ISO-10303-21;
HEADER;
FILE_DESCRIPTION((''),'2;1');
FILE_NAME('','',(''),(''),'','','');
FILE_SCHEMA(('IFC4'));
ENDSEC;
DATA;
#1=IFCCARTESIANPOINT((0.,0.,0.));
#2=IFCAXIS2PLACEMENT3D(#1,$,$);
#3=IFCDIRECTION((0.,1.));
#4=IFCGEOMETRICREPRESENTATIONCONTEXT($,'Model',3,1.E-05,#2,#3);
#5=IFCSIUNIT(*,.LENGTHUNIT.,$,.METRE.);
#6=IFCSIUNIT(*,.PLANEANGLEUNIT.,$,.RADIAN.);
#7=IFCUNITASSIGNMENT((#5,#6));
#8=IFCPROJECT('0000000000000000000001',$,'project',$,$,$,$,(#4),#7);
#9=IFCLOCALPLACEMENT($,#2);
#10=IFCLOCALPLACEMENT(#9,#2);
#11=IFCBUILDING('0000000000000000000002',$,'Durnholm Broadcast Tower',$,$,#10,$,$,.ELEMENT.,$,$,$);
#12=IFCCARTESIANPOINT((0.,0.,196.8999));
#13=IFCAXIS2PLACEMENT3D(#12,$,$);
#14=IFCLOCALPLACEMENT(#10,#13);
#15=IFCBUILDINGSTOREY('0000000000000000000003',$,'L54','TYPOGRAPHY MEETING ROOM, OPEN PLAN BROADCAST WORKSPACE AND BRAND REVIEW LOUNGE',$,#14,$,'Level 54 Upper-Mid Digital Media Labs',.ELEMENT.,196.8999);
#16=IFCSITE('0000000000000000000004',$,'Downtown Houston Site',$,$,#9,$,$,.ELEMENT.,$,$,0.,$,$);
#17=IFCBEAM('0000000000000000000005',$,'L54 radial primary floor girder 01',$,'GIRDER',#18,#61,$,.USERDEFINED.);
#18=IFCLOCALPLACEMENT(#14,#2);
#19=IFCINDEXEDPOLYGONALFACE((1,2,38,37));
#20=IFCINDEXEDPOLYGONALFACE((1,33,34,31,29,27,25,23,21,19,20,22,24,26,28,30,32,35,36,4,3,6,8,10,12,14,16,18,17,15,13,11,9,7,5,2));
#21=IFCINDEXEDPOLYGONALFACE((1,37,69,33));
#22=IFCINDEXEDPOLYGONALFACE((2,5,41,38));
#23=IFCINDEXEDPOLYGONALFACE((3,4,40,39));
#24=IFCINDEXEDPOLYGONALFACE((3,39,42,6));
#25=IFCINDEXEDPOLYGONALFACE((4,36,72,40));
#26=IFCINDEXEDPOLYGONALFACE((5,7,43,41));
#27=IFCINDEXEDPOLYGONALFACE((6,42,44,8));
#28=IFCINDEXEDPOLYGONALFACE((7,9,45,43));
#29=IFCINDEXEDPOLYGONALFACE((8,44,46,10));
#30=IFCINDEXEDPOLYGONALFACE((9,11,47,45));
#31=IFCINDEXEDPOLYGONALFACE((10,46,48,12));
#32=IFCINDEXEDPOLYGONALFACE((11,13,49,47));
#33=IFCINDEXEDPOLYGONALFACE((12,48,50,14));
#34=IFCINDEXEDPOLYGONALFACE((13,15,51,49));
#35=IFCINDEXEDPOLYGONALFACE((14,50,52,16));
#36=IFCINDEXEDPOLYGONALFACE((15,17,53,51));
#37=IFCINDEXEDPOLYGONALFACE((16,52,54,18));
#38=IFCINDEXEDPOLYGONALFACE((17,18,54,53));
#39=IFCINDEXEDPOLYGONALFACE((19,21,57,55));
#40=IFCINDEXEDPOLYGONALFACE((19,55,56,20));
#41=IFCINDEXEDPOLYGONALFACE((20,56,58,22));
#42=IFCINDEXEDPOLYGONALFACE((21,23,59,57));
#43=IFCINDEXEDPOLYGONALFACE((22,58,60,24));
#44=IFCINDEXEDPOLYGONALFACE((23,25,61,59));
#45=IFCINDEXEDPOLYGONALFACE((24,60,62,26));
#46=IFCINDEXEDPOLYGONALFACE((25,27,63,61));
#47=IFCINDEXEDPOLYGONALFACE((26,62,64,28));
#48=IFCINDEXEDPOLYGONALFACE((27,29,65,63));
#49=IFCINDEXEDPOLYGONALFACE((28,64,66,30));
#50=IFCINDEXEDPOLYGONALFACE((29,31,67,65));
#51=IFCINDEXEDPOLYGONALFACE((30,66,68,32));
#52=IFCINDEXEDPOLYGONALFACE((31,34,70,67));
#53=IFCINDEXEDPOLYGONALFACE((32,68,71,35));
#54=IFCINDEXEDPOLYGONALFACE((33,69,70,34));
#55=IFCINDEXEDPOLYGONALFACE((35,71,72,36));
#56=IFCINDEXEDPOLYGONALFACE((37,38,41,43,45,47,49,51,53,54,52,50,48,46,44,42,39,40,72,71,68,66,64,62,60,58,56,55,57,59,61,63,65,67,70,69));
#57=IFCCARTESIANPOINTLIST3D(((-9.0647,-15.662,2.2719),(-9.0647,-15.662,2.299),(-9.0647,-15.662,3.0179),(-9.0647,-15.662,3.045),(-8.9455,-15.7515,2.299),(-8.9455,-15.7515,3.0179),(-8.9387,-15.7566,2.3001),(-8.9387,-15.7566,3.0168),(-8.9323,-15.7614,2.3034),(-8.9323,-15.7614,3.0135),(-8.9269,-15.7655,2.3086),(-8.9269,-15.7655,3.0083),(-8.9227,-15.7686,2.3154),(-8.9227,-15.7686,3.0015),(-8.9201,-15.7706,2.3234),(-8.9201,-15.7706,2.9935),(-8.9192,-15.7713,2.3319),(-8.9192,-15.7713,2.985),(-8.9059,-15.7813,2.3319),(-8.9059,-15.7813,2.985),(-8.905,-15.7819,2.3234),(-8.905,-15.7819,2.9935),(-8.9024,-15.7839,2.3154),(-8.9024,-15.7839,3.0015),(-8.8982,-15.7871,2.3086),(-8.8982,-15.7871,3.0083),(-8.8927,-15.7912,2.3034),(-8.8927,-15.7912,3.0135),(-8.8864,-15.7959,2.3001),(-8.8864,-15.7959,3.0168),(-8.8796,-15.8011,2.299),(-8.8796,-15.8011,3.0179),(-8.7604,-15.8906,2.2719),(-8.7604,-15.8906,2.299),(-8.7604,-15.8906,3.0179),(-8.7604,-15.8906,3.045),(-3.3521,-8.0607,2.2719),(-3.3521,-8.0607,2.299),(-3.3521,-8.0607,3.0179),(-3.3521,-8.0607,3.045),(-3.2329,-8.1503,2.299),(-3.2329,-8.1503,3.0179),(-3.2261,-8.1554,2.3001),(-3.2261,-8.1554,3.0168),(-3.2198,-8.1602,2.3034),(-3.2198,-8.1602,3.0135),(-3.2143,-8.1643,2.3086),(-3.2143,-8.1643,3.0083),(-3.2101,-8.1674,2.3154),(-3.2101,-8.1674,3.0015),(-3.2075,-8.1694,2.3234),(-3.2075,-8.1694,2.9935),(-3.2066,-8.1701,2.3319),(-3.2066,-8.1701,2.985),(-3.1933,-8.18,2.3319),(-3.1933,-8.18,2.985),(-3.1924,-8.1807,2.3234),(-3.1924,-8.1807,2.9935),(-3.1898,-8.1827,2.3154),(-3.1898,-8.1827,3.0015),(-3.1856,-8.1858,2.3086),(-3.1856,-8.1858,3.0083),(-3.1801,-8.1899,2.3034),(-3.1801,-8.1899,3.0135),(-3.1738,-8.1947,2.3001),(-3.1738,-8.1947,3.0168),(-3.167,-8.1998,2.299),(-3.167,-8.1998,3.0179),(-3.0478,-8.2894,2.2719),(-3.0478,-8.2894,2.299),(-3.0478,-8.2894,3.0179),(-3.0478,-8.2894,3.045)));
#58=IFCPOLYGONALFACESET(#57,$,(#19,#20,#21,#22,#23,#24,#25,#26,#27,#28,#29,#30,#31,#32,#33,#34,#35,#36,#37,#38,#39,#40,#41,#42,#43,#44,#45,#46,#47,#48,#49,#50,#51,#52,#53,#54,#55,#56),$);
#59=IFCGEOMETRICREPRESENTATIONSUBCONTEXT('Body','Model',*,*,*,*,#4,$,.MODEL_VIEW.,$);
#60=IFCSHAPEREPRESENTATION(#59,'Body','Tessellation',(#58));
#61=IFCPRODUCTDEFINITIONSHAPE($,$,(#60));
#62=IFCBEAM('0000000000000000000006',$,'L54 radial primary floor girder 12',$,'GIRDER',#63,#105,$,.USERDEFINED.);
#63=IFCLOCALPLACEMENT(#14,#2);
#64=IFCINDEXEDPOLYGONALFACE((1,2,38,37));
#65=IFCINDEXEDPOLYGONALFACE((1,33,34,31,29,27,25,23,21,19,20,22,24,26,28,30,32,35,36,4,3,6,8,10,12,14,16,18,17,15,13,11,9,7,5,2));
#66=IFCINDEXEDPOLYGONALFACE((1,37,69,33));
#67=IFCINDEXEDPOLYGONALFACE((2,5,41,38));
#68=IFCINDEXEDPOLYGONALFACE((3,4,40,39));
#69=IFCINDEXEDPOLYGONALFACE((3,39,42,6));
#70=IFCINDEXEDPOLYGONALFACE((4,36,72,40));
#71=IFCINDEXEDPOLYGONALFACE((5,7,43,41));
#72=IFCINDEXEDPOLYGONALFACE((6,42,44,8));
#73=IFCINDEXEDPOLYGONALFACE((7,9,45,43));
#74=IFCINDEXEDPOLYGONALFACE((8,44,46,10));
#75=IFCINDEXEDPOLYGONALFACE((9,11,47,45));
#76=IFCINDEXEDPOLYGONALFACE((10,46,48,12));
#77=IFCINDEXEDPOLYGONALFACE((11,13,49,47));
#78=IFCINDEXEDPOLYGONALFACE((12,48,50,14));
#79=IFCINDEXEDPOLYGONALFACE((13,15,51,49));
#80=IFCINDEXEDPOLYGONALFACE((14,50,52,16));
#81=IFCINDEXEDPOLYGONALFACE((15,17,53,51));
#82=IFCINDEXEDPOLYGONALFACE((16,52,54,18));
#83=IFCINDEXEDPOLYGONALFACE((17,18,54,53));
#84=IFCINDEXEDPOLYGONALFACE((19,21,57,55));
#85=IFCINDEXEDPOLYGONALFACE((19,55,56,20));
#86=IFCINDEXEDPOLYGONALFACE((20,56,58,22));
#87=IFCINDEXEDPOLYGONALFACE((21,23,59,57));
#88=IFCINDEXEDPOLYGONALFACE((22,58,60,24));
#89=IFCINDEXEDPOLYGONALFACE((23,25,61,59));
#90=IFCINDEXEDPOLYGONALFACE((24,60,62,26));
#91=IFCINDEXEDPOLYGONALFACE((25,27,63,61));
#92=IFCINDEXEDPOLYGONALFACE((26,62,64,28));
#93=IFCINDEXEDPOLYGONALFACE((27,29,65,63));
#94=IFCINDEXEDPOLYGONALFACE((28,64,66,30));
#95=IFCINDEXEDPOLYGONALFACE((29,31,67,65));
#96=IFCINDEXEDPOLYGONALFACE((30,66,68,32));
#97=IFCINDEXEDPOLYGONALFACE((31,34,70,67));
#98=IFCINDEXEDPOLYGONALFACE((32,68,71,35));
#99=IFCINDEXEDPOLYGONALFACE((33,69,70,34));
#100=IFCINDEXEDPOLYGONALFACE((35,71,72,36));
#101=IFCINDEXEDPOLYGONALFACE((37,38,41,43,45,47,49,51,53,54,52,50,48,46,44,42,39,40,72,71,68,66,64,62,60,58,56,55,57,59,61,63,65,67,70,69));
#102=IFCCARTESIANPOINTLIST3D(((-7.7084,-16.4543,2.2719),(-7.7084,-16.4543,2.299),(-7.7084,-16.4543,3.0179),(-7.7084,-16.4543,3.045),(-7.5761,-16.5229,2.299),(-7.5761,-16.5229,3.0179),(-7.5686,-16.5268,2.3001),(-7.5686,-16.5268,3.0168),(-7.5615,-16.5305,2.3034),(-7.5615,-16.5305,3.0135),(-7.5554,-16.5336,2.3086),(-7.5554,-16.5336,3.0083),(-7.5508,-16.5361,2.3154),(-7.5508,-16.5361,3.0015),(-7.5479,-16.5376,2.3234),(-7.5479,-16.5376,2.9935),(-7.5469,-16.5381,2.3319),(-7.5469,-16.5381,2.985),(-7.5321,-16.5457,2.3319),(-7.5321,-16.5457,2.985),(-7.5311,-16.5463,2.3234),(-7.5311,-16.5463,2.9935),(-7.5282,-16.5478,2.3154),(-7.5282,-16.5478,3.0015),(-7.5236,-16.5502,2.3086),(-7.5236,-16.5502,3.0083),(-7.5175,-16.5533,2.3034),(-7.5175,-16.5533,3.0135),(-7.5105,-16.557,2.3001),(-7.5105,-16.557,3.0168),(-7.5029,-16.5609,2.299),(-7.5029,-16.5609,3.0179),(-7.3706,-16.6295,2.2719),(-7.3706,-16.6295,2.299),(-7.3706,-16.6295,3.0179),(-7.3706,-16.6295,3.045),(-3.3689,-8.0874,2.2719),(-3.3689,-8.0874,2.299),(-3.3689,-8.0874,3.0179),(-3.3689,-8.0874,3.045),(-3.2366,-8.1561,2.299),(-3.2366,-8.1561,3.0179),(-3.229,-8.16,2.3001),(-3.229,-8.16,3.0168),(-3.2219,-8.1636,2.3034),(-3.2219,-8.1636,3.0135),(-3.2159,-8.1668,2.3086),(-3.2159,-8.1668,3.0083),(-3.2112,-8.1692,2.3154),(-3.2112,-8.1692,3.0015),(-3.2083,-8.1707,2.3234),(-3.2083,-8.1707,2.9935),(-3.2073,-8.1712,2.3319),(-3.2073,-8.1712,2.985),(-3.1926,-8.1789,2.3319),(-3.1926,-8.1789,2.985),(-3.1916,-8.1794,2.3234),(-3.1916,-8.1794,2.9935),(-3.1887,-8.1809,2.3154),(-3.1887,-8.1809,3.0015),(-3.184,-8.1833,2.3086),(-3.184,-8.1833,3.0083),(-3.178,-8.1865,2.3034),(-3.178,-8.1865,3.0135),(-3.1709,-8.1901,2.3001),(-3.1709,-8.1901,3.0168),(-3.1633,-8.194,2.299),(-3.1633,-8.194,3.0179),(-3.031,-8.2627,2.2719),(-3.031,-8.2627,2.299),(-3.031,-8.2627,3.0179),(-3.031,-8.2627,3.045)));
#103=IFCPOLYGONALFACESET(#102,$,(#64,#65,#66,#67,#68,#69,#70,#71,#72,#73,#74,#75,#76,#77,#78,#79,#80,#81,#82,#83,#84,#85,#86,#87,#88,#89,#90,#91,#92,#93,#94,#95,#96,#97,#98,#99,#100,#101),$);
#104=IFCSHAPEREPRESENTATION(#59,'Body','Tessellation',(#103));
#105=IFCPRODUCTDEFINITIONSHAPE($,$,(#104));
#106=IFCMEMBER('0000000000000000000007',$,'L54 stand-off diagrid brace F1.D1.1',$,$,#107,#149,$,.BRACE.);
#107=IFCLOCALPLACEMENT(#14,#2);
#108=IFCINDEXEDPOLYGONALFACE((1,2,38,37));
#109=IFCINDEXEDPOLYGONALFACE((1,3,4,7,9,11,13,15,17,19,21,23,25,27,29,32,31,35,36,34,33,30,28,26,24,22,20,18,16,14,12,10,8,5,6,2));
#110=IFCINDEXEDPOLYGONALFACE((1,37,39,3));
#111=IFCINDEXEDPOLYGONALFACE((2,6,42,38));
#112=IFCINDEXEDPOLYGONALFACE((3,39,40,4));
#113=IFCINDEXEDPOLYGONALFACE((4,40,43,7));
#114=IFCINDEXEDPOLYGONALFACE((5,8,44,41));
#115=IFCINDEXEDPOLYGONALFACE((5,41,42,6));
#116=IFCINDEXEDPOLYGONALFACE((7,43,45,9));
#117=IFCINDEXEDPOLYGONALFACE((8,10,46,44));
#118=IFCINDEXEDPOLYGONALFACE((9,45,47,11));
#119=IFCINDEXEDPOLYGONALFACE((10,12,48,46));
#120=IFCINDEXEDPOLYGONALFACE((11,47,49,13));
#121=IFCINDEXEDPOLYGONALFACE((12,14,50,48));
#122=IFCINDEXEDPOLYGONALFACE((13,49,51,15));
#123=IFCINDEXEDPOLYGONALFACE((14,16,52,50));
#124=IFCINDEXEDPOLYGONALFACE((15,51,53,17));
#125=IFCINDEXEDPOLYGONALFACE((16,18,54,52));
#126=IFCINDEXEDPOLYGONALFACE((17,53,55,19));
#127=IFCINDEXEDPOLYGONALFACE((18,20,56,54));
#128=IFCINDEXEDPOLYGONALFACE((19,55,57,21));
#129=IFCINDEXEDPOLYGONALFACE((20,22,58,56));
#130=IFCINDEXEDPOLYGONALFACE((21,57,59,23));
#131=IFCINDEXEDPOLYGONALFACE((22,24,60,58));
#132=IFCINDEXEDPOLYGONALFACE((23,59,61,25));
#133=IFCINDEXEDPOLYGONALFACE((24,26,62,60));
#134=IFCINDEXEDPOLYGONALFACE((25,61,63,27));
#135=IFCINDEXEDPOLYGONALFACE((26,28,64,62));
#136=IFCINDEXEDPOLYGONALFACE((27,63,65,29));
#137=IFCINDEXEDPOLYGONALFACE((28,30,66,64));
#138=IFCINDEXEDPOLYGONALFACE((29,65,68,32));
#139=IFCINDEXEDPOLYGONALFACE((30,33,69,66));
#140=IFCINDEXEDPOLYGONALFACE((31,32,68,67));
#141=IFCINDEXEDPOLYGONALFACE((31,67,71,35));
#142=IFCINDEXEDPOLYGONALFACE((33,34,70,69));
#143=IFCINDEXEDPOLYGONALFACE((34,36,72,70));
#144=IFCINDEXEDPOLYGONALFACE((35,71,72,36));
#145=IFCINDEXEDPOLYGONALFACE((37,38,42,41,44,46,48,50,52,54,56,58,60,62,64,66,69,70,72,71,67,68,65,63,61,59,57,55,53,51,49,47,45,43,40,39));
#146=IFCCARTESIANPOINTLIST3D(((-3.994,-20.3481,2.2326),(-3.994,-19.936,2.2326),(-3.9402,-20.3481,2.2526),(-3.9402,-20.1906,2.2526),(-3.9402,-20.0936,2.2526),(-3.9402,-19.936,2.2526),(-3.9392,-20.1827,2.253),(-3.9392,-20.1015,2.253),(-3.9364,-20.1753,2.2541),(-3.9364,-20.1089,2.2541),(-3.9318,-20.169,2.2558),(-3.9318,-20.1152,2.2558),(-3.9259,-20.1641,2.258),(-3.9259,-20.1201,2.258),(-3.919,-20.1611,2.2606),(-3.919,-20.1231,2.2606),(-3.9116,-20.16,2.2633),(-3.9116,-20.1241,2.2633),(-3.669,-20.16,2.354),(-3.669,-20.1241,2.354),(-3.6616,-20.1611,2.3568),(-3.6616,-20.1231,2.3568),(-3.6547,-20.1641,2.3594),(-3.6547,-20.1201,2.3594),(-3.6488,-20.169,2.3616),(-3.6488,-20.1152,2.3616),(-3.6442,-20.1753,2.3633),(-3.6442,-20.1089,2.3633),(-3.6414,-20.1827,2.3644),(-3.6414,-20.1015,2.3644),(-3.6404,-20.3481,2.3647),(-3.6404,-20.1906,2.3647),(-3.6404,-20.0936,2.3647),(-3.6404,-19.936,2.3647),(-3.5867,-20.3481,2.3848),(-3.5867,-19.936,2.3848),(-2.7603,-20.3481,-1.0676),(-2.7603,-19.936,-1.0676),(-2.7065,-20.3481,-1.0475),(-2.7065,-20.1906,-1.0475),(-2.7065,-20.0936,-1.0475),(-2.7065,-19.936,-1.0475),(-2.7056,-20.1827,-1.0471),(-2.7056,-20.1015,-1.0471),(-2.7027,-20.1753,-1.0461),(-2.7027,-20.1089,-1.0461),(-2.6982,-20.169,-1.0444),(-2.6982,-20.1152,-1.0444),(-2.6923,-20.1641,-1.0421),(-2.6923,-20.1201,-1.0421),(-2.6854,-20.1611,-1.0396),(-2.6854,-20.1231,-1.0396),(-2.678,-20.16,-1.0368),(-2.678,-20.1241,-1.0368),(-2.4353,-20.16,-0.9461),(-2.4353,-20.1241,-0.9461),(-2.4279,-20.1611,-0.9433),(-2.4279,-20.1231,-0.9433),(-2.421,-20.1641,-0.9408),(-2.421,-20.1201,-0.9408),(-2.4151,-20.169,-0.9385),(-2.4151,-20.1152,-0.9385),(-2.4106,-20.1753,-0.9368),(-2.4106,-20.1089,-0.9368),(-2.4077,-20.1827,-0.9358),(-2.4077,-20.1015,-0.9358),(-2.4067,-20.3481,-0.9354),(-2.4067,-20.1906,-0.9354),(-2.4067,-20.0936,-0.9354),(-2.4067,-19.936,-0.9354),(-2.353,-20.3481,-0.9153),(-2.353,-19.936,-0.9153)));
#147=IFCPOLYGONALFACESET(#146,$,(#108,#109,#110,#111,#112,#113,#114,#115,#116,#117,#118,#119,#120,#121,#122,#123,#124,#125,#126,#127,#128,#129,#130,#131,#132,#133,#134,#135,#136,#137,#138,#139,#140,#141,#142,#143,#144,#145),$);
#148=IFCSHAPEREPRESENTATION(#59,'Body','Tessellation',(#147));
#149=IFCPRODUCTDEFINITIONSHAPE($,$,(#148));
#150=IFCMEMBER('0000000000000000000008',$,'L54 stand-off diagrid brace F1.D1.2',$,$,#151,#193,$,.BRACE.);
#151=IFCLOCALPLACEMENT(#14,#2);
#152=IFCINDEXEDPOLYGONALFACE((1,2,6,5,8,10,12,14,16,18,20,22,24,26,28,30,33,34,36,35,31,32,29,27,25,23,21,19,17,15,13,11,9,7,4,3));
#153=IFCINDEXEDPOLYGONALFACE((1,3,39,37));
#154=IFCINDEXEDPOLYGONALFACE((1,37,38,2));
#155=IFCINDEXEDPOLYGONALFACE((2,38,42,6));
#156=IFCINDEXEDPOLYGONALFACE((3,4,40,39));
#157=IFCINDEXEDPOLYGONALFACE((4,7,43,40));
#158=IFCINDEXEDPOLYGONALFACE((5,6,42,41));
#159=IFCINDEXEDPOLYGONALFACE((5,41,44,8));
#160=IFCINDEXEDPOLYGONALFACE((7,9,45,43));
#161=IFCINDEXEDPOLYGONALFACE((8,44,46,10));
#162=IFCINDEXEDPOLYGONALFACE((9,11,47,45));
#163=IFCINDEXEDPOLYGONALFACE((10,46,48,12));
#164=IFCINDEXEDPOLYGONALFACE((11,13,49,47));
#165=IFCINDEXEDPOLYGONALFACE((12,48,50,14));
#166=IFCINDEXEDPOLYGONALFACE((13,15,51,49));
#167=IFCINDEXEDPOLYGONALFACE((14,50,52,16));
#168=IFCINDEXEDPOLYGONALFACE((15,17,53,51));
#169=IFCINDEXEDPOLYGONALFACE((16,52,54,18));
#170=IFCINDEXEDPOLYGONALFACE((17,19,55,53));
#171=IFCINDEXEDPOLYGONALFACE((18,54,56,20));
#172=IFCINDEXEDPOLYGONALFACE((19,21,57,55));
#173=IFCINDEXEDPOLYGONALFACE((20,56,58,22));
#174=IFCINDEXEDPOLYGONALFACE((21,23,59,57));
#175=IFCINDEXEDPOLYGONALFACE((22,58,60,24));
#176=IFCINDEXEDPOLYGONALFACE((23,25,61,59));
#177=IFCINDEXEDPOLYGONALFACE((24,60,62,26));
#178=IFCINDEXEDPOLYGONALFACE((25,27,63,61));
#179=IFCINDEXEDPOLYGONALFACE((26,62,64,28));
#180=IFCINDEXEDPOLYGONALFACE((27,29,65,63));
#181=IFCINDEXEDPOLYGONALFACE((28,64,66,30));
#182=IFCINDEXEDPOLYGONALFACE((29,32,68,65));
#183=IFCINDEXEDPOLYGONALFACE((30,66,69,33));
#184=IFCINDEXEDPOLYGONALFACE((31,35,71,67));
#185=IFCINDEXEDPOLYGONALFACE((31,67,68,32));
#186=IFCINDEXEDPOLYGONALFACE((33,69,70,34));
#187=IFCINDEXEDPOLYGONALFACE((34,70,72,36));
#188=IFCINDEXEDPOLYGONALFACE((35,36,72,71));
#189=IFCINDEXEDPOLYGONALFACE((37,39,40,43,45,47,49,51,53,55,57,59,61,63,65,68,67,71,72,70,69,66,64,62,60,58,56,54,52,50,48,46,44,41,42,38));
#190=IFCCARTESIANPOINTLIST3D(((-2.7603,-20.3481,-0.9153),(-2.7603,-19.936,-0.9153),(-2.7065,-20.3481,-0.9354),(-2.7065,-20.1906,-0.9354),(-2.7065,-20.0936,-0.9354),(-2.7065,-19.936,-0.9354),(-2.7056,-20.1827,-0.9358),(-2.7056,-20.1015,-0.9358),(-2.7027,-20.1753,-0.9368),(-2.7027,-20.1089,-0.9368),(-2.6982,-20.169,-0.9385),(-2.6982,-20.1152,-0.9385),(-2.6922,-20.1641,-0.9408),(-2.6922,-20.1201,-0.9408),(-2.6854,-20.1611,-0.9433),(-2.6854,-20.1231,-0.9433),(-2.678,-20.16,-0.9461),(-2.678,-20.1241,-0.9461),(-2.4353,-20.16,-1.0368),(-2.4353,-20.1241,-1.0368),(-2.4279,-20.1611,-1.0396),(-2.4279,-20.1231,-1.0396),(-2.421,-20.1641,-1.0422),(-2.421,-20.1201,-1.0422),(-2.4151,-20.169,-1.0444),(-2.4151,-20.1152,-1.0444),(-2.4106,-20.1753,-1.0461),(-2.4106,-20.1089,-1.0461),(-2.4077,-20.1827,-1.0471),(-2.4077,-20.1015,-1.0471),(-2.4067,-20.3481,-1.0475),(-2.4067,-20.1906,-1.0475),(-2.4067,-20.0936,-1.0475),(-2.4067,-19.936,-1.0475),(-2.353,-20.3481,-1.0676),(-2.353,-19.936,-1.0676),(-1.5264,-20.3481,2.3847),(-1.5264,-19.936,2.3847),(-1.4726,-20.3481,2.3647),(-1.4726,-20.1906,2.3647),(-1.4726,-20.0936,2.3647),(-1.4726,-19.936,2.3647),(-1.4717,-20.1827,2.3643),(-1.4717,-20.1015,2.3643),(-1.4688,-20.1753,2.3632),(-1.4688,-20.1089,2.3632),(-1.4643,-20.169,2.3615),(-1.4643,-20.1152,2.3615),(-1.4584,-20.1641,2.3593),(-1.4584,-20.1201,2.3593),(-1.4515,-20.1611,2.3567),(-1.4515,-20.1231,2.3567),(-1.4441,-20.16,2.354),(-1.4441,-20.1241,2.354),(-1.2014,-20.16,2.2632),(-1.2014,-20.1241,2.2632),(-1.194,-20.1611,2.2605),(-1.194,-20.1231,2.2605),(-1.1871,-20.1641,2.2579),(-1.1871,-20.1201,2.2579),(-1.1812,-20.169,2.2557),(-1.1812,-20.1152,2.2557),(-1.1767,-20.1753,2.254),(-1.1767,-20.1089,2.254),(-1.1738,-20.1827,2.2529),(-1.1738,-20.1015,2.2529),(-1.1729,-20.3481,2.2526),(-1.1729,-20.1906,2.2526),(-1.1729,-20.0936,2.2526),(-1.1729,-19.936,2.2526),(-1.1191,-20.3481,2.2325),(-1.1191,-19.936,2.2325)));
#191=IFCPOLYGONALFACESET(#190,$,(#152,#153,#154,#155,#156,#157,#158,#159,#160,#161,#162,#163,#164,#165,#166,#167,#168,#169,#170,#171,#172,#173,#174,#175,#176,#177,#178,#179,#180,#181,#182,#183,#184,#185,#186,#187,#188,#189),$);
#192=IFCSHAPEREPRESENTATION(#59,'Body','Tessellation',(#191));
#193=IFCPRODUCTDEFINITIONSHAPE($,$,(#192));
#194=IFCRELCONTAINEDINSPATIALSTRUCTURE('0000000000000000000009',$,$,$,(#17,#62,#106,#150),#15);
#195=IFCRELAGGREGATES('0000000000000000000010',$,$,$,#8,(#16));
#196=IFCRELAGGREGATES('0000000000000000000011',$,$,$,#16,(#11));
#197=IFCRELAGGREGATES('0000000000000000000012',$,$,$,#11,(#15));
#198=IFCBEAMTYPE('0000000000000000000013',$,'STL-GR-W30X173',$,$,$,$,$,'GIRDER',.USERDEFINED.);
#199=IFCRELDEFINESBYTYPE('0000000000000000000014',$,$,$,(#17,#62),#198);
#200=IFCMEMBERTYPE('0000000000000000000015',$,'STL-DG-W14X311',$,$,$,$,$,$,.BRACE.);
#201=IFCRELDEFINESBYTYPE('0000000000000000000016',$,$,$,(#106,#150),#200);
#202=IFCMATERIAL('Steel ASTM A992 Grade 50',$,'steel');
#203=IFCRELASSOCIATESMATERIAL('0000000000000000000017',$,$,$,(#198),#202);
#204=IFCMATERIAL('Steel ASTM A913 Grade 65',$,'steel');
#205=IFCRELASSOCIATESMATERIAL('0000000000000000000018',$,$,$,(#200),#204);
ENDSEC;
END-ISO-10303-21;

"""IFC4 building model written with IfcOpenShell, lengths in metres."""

from ifc_helpers import new_model, si_unit, direction, frame, origin, origin_2d, place, context, subcontext, project, spatial, i_section, extrude, source, transform, mapped, material, material_profile, profile_set, type_object, type_shapes, element, save


model = new_model("IFC4")

# Units and contexts
model_context = context("Model", 3, precision=1e-05, world=origin(), true_north=direction((0.0, 1.0)))
body_context = subcontext(model_context, "Body", "Model", "MODEL_VIEW")
ifc_project = project(units=[si_unit("LENGTHUNIT", "METRE"), si_unit("PLANEANGLEUNIT", "RADIAN")], contexts=[model_context])

# Site, building, storey
site_placement = place(None, origin())
site = spatial("IfcSite", under=ifc_project, at=site_placement, Name="Downtown Houston Site", CompositionType="ELEMENT", RefElevation=0.0)
building_placement = place(site_placement, origin())
building = spatial("IfcBuilding", under=site, at=building_placement, Name="Durnholm Broadcast Tower", CompositionType="ELEMENT")
storey_placement = place(building_placement, frame((0.0, 0.0, 196.8999)))
storey = spatial("IfcBuildingStorey", under=building, at=storey_placement, Name="L54", Description="TYPOGRAPHY MEETING ROOM, OPEN PLAN BROADCAST WORKSPACE AND BRAND REVIEW LOUNGE", LongName="Level 54 Upper-Mid Digital Media Labs", CompositionType="ELEMENT", Elevation=196.8999)

# Beams
ifc_material_1 = material(Name="Steel ASTM A992 Grade 50", Category="steel")
ifc_material_profile_1 = material_profile(ifc_material_1, i_section(OverallWidth=0.3806, OverallDepth=0.7732, WebThickness=0.0166, FlangeThickness=0.0271, FilletRadius=0.033, at=origin_2d()), Name="W30X173")
ifc_profile_set_1 = profile_set([ifc_material_profile_1], Name="Steel ASTM A992 Grade 50")
beam_type_1 = type_object("IfcBeamType", Name="STL-GR-W30X173", ElementType="GIRDER", PredefinedType="USERDEFINED", material=ifc_profile_set_1)
shared_shape_1 = source(origin(), body_context, "Body", "SweptSolid", [
    extrude(i_section(OverallWidth=0.3806, OverallDepth=0.7732, WebThickness=0.0166, FlangeThickness=0.0271, FilletRadius=0.033, at=origin_2d()), origin(), (0.0, 0.0, 1.0), 9.5085),
])
beam_1_placement = place(storey_placement, frame((-3.2, -8.175, 2.6584), z_axis=(-0.600784, -0.799411, 0.0), x_axis=(0.799411, -0.600784, 0.0)))
element("IfcBeam", 1, at=beam_1_placement, inside=storey, type_object=beam_type_1, Name="L54 radial primary floor girder 01", ObjectType="GIRDER", PredefinedType="USERDEFINED", context=body_context, shape_type="MappedRepresentation", body=[
    mapped(shared_shape_1, transform((0.0, 0.0, 0.0), x_axis=(1.0, 0.0, 0.0), y_axis=(0.0, 1.0, 0.0), z_axis=(0.0, 0.0, 1.0), scale=1.0)),
])
shared_shape_2 = source(origin(), body_context, "Body", "SweptSolid", [
    extrude(i_section(OverallWidth=0.3806, OverallDepth=0.7732, WebThickness=0.0166, FlangeThickness=0.0271, FilletRadius=0.033, at=origin_2d()), origin(), (0.0, 0.0, 1.0), 9.4253),
])
type_shapes(beam_type_1, [shared_shape_1, shared_shape_2])
beam_2_placement = place(storey_placement, frame((-3.2, -8.175, 2.6584), z_axis=(-0.460416, -0.887703, 0.0), x_axis=(0.887703, -0.460416, 0.0)))
element("IfcBeam", 2, at=beam_2_placement, inside=storey, type_object=beam_type_1, Name="L54 radial primary floor girder 12", ObjectType="GIRDER", PredefinedType="USERDEFINED", context=body_context, shape_type="MappedRepresentation", body=[
    mapped(shared_shape_2, transform((0.0, 0.0, 0.0), x_axis=(1.0, 0.0, 0.0), y_axis=(0.0, 1.0, 0.0), z_axis=(0.0, 0.0, 1.0), scale=1.0)),
])

# Members
ifc_material_2 = material(Name="Steel ASTM A913 Grade 65", Category="steel")
ifc_material_profile_2 = material_profile(ifc_material_2, i_section(OverallWidth=0.4121, OverallDepth=0.4348, WebThickness=0.0359, FlangeThickness=0.0574, FilletRadius=0.0305, at=origin_2d()), Name="W14X311")
ifc_profile_set_2 = profile_set([ifc_material_profile_2], Name="Steel ASTM A913 Grade 65")
member_type_1 = type_object("IfcMemberType", Name="STL-DG-W14X311", PredefinedType="BRACE", material=ifc_profile_set_2)
shared_shape_3 = source(origin(), body_context, "Body", "SweptSolid", [
    extrude(i_section(OverallWidth=0.4121, OverallDepth=0.4348, WebThickness=0.0359, FlangeThickness=0.0574, FilletRadius=0.0305, at=origin_2d()), origin(), (0.0, 0.0, 1.0), 3.5232),
])
type_shapes(member_type_1, [shared_shape_3])
for number, where, z_axis, x_axis, name in (
    (3, (-2.5566, -20.1421, -0.9915), (-0.350159, 0.0, 0.93669), (0.0, -1.0, 0.0), "L54 stand-off diagrid brace F1.D1.1"),
    (4, (-2.5566, -20.1421, -0.9915), (0.35022, 0.0, 0.936668), (0.0, 1.0, 0.0), "L54 stand-off diagrid brace F1.D1.2"),
):
    element("IfcMember", number, at=place(storey_placement, frame(where, z_axis=z_axis, x_axis=x_axis)), inside=storey, type_object=member_type_1, Name=name, PredefinedType="BRACE", context=body_context, shape_type="MappedRepresentation", body=[
        mapped(shared_shape_3, transform((0.0, 0.0, 0.0), x_axis=(1.0, 0.0, 0.0), y_axis=(0.0, 1.0, 0.0), z_axis=(0.0, 0.0, 1.0), scale=1.0)),
    ])

save(model, "model.ifc")
